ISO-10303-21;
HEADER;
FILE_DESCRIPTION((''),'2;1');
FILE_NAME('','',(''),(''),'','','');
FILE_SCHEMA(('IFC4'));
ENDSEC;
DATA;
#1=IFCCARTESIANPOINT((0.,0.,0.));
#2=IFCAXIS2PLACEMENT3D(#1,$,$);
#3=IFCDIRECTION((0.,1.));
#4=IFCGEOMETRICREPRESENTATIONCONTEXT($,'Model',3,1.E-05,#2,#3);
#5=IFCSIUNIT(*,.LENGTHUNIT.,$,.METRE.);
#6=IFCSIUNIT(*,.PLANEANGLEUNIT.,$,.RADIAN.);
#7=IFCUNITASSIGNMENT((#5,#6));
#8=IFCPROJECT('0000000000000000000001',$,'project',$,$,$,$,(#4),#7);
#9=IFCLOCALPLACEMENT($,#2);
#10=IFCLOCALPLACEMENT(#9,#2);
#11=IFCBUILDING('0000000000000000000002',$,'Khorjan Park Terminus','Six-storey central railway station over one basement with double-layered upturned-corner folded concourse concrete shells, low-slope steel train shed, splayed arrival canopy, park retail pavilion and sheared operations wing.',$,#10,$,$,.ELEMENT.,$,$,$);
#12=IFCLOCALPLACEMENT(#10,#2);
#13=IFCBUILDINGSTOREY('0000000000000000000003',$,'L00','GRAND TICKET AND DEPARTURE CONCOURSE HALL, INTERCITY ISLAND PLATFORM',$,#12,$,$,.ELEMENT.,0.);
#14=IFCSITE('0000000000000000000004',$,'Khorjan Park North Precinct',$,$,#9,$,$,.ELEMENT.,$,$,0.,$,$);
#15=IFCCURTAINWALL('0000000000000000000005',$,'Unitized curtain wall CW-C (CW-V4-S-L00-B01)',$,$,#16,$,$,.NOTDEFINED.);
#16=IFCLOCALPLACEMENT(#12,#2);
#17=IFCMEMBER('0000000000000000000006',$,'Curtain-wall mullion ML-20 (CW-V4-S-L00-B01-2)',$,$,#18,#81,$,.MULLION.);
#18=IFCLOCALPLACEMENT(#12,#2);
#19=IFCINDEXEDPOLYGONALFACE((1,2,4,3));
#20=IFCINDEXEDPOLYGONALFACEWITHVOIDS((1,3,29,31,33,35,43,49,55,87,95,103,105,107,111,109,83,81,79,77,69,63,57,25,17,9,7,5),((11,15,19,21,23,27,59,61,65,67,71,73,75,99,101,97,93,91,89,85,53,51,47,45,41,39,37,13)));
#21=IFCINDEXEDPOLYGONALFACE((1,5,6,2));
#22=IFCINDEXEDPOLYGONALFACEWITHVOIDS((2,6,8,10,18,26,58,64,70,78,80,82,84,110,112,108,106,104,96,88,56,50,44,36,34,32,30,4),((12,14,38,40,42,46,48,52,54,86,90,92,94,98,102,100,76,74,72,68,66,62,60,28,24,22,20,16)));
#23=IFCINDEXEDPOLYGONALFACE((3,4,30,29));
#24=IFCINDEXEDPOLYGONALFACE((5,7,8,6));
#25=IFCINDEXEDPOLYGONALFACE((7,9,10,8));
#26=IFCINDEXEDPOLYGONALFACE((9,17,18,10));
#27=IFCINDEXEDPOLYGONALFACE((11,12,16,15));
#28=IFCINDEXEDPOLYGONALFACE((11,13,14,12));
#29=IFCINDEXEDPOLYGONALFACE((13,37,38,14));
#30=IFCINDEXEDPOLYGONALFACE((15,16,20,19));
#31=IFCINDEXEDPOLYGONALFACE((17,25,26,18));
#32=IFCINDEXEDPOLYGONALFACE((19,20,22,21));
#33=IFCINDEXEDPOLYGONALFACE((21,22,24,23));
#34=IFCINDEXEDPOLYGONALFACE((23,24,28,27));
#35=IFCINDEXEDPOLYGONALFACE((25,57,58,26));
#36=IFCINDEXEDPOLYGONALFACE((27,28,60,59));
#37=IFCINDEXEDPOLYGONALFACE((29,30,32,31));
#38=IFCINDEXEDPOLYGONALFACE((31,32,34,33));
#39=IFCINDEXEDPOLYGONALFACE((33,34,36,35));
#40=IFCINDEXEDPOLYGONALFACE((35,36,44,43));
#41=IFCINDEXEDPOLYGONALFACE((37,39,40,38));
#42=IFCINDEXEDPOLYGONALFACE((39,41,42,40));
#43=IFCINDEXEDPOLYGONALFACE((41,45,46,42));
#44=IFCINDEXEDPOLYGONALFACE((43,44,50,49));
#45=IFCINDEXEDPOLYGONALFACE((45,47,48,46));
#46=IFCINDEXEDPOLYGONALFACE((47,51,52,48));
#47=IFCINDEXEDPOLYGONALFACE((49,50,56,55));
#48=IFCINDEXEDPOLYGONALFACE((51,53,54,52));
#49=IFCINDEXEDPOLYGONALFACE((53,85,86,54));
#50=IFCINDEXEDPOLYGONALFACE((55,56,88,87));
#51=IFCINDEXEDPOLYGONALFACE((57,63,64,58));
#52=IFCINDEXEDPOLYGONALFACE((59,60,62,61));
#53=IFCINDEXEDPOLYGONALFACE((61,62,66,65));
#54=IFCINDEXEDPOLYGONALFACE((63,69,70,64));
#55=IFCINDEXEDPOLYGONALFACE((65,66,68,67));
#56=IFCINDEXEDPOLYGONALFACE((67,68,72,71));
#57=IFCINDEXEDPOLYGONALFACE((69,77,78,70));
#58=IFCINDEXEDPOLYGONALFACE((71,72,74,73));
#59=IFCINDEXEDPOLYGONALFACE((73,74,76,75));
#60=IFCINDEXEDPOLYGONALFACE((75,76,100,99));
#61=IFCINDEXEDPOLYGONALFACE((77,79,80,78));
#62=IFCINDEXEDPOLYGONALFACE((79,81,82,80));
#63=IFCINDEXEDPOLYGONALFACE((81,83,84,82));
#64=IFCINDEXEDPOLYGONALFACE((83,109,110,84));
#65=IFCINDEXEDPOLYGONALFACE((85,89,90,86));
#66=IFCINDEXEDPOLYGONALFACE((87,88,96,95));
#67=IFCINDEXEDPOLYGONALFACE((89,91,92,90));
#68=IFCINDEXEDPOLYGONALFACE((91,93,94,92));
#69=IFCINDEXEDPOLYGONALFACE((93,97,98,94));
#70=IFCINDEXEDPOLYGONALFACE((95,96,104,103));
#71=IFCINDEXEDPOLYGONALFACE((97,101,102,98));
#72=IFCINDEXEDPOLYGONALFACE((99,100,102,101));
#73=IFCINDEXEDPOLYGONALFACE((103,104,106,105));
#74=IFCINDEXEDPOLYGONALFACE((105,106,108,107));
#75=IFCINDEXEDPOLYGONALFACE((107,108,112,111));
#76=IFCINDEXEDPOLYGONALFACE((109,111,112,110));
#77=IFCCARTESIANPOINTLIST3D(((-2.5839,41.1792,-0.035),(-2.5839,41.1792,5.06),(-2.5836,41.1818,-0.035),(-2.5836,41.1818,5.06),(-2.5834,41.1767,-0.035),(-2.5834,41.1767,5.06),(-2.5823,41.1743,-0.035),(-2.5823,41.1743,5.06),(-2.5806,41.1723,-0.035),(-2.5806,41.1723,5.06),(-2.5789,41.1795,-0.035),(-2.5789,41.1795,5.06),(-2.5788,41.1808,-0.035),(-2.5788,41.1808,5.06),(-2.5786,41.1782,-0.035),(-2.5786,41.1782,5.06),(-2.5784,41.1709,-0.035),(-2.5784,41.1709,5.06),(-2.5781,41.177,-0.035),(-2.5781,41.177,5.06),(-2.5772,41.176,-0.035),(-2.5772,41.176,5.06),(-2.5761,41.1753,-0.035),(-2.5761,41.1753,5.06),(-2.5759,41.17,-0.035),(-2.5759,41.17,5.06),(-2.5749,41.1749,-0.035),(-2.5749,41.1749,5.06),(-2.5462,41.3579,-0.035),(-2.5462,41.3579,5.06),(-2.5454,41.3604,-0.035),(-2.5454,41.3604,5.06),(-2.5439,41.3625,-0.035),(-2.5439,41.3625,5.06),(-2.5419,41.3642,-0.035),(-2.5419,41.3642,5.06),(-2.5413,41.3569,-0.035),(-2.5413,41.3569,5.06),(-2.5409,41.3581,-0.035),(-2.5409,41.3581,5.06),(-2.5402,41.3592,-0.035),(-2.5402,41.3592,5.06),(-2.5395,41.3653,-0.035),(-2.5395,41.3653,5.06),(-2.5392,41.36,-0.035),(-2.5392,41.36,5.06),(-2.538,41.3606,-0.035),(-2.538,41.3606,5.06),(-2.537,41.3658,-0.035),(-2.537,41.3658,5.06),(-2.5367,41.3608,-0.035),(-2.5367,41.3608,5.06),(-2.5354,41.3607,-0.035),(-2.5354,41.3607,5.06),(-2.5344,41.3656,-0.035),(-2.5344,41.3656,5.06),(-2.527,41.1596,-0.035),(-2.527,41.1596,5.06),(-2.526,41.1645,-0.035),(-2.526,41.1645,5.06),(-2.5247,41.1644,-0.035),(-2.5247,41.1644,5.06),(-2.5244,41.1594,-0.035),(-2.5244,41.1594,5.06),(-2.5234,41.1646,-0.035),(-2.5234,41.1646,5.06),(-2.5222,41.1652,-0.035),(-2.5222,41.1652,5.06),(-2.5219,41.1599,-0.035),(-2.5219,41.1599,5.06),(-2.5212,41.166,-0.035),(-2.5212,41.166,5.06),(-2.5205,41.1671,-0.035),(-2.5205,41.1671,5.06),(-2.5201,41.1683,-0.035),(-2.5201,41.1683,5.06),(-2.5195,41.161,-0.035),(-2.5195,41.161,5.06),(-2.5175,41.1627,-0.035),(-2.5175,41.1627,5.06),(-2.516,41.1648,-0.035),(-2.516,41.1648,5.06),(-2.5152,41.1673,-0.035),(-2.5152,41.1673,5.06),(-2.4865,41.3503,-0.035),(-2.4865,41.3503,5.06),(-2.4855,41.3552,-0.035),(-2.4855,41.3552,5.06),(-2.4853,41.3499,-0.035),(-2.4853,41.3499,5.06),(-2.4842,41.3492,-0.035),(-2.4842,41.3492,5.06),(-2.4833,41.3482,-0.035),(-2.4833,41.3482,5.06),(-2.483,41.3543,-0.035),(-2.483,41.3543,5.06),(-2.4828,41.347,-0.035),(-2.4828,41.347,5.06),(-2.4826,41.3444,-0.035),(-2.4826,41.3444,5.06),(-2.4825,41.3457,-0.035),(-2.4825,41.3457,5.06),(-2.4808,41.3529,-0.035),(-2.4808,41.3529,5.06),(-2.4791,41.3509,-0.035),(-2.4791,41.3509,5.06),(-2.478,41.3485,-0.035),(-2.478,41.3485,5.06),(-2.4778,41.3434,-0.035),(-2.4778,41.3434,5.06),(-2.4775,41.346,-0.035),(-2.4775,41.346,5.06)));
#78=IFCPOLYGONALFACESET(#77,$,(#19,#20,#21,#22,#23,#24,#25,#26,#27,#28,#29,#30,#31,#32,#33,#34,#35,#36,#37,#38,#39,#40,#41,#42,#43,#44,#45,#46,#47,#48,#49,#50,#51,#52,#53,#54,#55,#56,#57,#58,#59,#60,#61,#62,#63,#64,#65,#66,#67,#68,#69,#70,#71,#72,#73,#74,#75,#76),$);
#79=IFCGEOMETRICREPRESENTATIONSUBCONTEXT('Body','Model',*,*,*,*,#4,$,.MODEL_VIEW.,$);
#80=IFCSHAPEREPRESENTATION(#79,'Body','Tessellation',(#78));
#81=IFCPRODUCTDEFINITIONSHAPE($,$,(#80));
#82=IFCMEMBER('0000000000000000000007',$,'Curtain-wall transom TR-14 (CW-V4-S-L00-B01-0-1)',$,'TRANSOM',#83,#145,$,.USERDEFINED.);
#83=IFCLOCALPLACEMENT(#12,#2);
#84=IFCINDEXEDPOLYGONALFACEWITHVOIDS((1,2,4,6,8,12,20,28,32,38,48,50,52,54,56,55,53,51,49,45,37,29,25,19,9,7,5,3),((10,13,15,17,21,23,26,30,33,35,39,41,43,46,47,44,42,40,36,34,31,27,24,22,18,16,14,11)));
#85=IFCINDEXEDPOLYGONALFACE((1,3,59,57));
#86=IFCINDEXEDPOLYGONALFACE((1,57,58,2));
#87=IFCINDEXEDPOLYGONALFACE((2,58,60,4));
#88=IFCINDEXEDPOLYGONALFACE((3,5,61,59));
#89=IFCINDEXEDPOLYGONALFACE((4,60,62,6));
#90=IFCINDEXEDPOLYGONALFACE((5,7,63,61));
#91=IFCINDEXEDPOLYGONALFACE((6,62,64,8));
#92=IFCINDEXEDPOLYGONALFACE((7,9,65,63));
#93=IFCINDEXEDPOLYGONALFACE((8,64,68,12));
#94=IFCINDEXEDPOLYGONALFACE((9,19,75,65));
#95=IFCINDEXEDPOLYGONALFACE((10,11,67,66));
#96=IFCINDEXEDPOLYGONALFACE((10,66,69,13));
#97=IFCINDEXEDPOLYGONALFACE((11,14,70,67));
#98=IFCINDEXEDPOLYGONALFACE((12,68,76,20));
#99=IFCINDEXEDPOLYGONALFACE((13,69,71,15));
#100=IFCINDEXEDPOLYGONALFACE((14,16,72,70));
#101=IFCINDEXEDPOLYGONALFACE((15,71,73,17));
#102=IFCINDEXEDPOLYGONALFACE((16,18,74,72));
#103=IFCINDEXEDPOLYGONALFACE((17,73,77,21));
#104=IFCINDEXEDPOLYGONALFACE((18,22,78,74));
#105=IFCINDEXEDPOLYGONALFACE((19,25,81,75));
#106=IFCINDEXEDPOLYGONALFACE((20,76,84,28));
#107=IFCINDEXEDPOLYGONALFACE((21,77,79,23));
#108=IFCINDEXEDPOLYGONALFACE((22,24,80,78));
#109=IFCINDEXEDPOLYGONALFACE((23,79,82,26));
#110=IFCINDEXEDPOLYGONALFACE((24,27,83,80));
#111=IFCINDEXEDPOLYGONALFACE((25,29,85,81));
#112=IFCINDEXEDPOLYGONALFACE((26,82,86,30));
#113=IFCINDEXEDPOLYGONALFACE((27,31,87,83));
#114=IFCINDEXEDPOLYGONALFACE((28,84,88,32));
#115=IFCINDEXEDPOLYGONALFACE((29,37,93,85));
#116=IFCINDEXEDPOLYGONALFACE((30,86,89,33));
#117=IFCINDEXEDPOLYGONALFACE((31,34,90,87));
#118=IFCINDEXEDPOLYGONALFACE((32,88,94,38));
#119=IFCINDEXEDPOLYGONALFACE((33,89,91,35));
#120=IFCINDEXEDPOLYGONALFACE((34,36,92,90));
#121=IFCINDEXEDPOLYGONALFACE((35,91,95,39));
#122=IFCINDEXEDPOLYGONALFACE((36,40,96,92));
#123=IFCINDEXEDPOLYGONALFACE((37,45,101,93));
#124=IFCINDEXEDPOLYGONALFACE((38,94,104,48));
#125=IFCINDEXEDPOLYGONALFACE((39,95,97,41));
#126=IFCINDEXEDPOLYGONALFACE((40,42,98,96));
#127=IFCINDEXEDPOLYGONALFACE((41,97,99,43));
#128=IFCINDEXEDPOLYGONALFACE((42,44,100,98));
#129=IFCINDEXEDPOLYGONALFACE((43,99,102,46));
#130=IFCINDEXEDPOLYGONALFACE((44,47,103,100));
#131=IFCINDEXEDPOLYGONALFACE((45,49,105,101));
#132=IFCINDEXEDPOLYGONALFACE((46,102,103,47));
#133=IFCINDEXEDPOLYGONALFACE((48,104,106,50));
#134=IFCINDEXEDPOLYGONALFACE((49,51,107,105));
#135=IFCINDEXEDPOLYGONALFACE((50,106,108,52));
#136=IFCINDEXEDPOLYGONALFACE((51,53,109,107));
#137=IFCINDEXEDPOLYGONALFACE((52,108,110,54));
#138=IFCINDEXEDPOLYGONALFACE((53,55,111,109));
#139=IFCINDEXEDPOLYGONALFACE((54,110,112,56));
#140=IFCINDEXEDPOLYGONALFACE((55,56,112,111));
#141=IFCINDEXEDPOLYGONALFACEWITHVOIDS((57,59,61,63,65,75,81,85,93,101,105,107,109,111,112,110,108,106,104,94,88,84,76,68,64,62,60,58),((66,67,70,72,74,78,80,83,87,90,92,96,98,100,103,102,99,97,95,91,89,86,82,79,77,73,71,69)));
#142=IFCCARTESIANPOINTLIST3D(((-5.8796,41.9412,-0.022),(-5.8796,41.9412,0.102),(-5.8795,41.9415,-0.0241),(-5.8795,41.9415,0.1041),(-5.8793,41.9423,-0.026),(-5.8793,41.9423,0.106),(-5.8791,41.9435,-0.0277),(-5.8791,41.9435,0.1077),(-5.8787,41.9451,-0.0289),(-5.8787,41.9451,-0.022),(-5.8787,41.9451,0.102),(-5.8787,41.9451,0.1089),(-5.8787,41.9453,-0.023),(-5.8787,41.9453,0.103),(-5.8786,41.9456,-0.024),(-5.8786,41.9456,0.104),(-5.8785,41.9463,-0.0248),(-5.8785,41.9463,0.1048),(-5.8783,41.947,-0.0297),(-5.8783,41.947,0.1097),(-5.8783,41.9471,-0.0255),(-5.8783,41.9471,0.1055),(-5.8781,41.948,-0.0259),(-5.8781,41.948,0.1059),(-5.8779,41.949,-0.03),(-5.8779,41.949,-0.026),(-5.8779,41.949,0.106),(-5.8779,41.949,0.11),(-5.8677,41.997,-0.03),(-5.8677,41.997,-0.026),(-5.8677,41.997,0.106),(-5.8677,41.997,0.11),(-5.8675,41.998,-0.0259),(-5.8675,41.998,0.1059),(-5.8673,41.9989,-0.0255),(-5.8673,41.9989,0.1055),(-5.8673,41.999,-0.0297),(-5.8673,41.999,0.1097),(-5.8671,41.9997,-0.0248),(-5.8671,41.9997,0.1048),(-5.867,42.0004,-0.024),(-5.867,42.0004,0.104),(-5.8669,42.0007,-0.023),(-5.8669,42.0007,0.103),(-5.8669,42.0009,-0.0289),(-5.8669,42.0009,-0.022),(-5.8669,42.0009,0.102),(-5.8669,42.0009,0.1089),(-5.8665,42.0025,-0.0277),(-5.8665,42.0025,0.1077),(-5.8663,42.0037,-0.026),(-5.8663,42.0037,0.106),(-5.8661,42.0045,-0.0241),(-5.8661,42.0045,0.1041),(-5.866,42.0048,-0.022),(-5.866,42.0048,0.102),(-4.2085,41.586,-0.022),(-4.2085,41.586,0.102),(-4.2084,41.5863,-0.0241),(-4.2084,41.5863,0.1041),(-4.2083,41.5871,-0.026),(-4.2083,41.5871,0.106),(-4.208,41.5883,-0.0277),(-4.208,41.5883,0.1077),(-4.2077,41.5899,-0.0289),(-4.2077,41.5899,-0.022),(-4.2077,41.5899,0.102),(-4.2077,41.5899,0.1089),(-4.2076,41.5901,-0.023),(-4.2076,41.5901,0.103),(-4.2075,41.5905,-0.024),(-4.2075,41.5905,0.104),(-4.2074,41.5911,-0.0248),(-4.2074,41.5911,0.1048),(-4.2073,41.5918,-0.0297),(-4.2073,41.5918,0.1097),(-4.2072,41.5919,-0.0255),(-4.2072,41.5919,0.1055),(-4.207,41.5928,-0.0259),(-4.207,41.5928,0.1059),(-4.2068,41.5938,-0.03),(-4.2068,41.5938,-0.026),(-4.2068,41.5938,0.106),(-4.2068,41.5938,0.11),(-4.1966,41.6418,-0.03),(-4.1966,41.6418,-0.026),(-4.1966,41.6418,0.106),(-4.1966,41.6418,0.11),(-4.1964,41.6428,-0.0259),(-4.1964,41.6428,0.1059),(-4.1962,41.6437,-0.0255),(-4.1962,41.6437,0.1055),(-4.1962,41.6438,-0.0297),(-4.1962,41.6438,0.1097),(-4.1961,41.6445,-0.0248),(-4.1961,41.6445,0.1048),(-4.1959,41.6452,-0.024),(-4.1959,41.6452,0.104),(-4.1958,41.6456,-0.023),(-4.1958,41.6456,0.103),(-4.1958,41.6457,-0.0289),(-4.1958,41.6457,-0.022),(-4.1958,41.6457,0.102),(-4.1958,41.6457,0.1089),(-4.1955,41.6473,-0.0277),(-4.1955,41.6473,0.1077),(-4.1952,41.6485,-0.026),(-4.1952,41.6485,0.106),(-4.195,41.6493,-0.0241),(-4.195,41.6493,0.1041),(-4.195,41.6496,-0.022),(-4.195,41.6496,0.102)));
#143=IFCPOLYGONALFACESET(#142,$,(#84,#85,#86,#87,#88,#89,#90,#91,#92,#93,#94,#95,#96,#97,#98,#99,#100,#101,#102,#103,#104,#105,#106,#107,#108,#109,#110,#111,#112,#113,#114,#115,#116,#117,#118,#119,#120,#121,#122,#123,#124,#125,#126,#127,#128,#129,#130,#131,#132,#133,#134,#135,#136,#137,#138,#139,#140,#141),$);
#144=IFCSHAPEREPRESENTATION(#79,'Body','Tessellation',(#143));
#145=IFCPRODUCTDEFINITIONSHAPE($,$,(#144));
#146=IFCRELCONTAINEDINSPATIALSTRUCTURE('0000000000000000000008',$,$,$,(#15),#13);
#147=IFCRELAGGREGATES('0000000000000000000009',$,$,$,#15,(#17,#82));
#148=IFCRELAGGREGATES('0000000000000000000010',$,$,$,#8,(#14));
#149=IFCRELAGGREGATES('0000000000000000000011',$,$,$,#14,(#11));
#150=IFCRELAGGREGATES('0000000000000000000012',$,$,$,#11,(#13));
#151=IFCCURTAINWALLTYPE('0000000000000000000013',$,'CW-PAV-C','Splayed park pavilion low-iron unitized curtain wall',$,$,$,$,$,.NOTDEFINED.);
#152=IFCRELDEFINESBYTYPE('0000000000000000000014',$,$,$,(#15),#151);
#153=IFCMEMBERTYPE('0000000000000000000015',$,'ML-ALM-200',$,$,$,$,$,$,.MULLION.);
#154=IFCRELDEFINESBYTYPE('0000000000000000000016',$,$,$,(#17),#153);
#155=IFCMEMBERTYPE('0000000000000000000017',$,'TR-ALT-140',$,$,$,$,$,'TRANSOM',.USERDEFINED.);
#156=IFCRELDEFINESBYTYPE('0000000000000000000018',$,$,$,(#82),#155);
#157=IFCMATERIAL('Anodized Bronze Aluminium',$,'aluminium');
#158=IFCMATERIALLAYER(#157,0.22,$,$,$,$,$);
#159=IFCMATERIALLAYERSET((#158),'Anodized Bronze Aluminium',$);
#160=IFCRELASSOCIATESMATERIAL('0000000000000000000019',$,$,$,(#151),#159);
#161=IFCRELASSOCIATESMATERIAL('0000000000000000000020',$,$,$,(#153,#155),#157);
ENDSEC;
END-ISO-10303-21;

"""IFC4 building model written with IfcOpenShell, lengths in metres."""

from ifc_helpers import new_model, si_unit, direction, frame, origin, origin_2d, place, context, subcontext, project, spatial, hollow_rectangle, extrude, material, layer, layer_set, material_profile, profile_set, type_object, element, aggregate, save


model = new_model("IFC4")

# Units and contexts
model_context = context("Model", 3, precision=1e-05, world=origin(), true_north=direction((0.0, 1.0)))
body_context = subcontext(model_context, "Body", "Model", "MODEL_VIEW")
ifc_project = project(units=[si_unit("LENGTHUNIT", "METRE"), si_unit("PLANEANGLEUNIT", "RADIAN")], contexts=[model_context])

# Site, building, storey
site_placement = place(None, origin())
site = spatial("IfcSite", under=ifc_project, at=site_placement, Name="Khorjan Park North Precinct", CompositionType="ELEMENT", RefElevation=0.0)
building_placement = place(site_placement, origin())
building = spatial("IfcBuilding", under=site, at=building_placement, Name="Khorjan Park Terminus", Description="Six-storey central railway station over one basement with double-layered upturned-corner folded concourse concrete shells, low-slope steel train shed, splayed arrival canopy, park retail pavilion and sheared operations wing.", CompositionType="ELEMENT")
storey_placement = place(building_placement, origin())
storey = spatial("IfcBuildingStorey", under=building, at=storey_placement, Name="L00", Description="GRAND TICKET AND DEPARTURE CONCOURSE HALL, INTERCITY ISLAND PLATFORM", CompositionType="ELEMENT", Elevation=0.0)

# Curtain wall, members
ifc_material_1 = material(Name="Anodized Bronze Aluminium", Category="aluminium")
ifc_layer_1 = layer(ifc_material_1, 0.22)
ifc_layer_set_1 = layer_set([ifc_layer_1], Name="Anodized Bronze Aluminium")
curtain_wall_type = type_object("IfcCurtainWallType", Name="CW-PAV-C", Description="Splayed park pavilion low-iron unitized curtain wall", PredefinedType="NOTDEFINED", material=ifc_layer_set_1)
curtain_wall_placement = place(storey_placement, origin())
curtain_wall = element("IfcCurtainWall", 1, at=curtain_wall_placement, inside=storey, type_object=curtain_wall_type, Name="Unitized curtain wall CW-C (CW-V4-S-L00-B01)", PredefinedType="NOTDEFINED")
ifc_material_profile_1 = material_profile(ifc_material_1, hollow_rectangle(XDim=0.07, YDim=0.2, WallThickness=0.005, InnerFilletRadius=0.005, OuterFilletRadius=0.01, at=origin_2d()), Name="ALM 70x200x5")
ifc_profile_set_1 = profile_set([ifc_material_profile_1], Name="Anodized Bronze Aluminium")
member_type_1 = type_object("IfcMemberType", Name="ML-ALM-200", PredefinedType="MULLION", material=ifc_profile_set_1)
member_1_placement = place(storey_placement, frame((-2.5307, 41.2626, -0.035), z_axis=(0.0, 0.0, 1.0), x_axis=(0.978147, -0.207914, 0.0)))
member_1 = element("IfcMember", 2, at=member_1_placement, type_object=member_type_1, Name="Curtain-wall mullion ML-20 (CW-V4-S-L00-B01-2)", PredefinedType="MULLION", context=body_context, shape_type="SweptSolid", body=[
    extrude(hollow_rectangle(XDim=0.07, YDim=0.2, WallThickness=0.005, InnerFilletRadius=0.005, OuterFilletRadius=0.01, at=origin_2d()), origin(), (0.0, 0.0, 1.0), 5.095),
])
ifc_material_profile_2 = material_profile(ifc_material_1, hollow_rectangle(XDim=0.065, YDim=0.14, WallThickness=0.004, InnerFilletRadius=0.004, OuterFilletRadius=0.008, at=origin_2d()), Name="ALT 65x140x4")
ifc_profile_set_2 = profile_set([ifc_material_profile_2], Name="Anodized Bronze Aluminium")
member_type_2 = type_object("IfcMemberType", Name="TR-ALT-140", ElementType="TRANSOM", PredefinedType="USERDEFINED", material=ifc_profile_set_2)
member_2_placement = place(storey_placement, frame((-5.8728, 41.973, 0.04), z_axis=(0.978148, -0.20791, 0.0), x_axis=(0.20791, 0.978148, 0.0)))
member_2 = element("IfcMember", 3, at=member_2_placement, type_object=member_type_2, Name="Curtain-wall transom TR-14 (CW-V4-S-L00-B01-0-1)", ObjectType="TRANSOM", PredefinedType="USERDEFINED", context=body_context, shape_type="SweptSolid", body=[
    extrude(hollow_rectangle(XDim=0.065, YDim=0.14, WallThickness=0.004, InnerFilletRadius=0.004, OuterFilletRadius=0.008, at=origin_2d()), origin(), (0.0, 0.0, 1.0), 1.7084),
])
aggregate(curtain_wall, [member_1, member_2])

save(model, "model.ifc")
